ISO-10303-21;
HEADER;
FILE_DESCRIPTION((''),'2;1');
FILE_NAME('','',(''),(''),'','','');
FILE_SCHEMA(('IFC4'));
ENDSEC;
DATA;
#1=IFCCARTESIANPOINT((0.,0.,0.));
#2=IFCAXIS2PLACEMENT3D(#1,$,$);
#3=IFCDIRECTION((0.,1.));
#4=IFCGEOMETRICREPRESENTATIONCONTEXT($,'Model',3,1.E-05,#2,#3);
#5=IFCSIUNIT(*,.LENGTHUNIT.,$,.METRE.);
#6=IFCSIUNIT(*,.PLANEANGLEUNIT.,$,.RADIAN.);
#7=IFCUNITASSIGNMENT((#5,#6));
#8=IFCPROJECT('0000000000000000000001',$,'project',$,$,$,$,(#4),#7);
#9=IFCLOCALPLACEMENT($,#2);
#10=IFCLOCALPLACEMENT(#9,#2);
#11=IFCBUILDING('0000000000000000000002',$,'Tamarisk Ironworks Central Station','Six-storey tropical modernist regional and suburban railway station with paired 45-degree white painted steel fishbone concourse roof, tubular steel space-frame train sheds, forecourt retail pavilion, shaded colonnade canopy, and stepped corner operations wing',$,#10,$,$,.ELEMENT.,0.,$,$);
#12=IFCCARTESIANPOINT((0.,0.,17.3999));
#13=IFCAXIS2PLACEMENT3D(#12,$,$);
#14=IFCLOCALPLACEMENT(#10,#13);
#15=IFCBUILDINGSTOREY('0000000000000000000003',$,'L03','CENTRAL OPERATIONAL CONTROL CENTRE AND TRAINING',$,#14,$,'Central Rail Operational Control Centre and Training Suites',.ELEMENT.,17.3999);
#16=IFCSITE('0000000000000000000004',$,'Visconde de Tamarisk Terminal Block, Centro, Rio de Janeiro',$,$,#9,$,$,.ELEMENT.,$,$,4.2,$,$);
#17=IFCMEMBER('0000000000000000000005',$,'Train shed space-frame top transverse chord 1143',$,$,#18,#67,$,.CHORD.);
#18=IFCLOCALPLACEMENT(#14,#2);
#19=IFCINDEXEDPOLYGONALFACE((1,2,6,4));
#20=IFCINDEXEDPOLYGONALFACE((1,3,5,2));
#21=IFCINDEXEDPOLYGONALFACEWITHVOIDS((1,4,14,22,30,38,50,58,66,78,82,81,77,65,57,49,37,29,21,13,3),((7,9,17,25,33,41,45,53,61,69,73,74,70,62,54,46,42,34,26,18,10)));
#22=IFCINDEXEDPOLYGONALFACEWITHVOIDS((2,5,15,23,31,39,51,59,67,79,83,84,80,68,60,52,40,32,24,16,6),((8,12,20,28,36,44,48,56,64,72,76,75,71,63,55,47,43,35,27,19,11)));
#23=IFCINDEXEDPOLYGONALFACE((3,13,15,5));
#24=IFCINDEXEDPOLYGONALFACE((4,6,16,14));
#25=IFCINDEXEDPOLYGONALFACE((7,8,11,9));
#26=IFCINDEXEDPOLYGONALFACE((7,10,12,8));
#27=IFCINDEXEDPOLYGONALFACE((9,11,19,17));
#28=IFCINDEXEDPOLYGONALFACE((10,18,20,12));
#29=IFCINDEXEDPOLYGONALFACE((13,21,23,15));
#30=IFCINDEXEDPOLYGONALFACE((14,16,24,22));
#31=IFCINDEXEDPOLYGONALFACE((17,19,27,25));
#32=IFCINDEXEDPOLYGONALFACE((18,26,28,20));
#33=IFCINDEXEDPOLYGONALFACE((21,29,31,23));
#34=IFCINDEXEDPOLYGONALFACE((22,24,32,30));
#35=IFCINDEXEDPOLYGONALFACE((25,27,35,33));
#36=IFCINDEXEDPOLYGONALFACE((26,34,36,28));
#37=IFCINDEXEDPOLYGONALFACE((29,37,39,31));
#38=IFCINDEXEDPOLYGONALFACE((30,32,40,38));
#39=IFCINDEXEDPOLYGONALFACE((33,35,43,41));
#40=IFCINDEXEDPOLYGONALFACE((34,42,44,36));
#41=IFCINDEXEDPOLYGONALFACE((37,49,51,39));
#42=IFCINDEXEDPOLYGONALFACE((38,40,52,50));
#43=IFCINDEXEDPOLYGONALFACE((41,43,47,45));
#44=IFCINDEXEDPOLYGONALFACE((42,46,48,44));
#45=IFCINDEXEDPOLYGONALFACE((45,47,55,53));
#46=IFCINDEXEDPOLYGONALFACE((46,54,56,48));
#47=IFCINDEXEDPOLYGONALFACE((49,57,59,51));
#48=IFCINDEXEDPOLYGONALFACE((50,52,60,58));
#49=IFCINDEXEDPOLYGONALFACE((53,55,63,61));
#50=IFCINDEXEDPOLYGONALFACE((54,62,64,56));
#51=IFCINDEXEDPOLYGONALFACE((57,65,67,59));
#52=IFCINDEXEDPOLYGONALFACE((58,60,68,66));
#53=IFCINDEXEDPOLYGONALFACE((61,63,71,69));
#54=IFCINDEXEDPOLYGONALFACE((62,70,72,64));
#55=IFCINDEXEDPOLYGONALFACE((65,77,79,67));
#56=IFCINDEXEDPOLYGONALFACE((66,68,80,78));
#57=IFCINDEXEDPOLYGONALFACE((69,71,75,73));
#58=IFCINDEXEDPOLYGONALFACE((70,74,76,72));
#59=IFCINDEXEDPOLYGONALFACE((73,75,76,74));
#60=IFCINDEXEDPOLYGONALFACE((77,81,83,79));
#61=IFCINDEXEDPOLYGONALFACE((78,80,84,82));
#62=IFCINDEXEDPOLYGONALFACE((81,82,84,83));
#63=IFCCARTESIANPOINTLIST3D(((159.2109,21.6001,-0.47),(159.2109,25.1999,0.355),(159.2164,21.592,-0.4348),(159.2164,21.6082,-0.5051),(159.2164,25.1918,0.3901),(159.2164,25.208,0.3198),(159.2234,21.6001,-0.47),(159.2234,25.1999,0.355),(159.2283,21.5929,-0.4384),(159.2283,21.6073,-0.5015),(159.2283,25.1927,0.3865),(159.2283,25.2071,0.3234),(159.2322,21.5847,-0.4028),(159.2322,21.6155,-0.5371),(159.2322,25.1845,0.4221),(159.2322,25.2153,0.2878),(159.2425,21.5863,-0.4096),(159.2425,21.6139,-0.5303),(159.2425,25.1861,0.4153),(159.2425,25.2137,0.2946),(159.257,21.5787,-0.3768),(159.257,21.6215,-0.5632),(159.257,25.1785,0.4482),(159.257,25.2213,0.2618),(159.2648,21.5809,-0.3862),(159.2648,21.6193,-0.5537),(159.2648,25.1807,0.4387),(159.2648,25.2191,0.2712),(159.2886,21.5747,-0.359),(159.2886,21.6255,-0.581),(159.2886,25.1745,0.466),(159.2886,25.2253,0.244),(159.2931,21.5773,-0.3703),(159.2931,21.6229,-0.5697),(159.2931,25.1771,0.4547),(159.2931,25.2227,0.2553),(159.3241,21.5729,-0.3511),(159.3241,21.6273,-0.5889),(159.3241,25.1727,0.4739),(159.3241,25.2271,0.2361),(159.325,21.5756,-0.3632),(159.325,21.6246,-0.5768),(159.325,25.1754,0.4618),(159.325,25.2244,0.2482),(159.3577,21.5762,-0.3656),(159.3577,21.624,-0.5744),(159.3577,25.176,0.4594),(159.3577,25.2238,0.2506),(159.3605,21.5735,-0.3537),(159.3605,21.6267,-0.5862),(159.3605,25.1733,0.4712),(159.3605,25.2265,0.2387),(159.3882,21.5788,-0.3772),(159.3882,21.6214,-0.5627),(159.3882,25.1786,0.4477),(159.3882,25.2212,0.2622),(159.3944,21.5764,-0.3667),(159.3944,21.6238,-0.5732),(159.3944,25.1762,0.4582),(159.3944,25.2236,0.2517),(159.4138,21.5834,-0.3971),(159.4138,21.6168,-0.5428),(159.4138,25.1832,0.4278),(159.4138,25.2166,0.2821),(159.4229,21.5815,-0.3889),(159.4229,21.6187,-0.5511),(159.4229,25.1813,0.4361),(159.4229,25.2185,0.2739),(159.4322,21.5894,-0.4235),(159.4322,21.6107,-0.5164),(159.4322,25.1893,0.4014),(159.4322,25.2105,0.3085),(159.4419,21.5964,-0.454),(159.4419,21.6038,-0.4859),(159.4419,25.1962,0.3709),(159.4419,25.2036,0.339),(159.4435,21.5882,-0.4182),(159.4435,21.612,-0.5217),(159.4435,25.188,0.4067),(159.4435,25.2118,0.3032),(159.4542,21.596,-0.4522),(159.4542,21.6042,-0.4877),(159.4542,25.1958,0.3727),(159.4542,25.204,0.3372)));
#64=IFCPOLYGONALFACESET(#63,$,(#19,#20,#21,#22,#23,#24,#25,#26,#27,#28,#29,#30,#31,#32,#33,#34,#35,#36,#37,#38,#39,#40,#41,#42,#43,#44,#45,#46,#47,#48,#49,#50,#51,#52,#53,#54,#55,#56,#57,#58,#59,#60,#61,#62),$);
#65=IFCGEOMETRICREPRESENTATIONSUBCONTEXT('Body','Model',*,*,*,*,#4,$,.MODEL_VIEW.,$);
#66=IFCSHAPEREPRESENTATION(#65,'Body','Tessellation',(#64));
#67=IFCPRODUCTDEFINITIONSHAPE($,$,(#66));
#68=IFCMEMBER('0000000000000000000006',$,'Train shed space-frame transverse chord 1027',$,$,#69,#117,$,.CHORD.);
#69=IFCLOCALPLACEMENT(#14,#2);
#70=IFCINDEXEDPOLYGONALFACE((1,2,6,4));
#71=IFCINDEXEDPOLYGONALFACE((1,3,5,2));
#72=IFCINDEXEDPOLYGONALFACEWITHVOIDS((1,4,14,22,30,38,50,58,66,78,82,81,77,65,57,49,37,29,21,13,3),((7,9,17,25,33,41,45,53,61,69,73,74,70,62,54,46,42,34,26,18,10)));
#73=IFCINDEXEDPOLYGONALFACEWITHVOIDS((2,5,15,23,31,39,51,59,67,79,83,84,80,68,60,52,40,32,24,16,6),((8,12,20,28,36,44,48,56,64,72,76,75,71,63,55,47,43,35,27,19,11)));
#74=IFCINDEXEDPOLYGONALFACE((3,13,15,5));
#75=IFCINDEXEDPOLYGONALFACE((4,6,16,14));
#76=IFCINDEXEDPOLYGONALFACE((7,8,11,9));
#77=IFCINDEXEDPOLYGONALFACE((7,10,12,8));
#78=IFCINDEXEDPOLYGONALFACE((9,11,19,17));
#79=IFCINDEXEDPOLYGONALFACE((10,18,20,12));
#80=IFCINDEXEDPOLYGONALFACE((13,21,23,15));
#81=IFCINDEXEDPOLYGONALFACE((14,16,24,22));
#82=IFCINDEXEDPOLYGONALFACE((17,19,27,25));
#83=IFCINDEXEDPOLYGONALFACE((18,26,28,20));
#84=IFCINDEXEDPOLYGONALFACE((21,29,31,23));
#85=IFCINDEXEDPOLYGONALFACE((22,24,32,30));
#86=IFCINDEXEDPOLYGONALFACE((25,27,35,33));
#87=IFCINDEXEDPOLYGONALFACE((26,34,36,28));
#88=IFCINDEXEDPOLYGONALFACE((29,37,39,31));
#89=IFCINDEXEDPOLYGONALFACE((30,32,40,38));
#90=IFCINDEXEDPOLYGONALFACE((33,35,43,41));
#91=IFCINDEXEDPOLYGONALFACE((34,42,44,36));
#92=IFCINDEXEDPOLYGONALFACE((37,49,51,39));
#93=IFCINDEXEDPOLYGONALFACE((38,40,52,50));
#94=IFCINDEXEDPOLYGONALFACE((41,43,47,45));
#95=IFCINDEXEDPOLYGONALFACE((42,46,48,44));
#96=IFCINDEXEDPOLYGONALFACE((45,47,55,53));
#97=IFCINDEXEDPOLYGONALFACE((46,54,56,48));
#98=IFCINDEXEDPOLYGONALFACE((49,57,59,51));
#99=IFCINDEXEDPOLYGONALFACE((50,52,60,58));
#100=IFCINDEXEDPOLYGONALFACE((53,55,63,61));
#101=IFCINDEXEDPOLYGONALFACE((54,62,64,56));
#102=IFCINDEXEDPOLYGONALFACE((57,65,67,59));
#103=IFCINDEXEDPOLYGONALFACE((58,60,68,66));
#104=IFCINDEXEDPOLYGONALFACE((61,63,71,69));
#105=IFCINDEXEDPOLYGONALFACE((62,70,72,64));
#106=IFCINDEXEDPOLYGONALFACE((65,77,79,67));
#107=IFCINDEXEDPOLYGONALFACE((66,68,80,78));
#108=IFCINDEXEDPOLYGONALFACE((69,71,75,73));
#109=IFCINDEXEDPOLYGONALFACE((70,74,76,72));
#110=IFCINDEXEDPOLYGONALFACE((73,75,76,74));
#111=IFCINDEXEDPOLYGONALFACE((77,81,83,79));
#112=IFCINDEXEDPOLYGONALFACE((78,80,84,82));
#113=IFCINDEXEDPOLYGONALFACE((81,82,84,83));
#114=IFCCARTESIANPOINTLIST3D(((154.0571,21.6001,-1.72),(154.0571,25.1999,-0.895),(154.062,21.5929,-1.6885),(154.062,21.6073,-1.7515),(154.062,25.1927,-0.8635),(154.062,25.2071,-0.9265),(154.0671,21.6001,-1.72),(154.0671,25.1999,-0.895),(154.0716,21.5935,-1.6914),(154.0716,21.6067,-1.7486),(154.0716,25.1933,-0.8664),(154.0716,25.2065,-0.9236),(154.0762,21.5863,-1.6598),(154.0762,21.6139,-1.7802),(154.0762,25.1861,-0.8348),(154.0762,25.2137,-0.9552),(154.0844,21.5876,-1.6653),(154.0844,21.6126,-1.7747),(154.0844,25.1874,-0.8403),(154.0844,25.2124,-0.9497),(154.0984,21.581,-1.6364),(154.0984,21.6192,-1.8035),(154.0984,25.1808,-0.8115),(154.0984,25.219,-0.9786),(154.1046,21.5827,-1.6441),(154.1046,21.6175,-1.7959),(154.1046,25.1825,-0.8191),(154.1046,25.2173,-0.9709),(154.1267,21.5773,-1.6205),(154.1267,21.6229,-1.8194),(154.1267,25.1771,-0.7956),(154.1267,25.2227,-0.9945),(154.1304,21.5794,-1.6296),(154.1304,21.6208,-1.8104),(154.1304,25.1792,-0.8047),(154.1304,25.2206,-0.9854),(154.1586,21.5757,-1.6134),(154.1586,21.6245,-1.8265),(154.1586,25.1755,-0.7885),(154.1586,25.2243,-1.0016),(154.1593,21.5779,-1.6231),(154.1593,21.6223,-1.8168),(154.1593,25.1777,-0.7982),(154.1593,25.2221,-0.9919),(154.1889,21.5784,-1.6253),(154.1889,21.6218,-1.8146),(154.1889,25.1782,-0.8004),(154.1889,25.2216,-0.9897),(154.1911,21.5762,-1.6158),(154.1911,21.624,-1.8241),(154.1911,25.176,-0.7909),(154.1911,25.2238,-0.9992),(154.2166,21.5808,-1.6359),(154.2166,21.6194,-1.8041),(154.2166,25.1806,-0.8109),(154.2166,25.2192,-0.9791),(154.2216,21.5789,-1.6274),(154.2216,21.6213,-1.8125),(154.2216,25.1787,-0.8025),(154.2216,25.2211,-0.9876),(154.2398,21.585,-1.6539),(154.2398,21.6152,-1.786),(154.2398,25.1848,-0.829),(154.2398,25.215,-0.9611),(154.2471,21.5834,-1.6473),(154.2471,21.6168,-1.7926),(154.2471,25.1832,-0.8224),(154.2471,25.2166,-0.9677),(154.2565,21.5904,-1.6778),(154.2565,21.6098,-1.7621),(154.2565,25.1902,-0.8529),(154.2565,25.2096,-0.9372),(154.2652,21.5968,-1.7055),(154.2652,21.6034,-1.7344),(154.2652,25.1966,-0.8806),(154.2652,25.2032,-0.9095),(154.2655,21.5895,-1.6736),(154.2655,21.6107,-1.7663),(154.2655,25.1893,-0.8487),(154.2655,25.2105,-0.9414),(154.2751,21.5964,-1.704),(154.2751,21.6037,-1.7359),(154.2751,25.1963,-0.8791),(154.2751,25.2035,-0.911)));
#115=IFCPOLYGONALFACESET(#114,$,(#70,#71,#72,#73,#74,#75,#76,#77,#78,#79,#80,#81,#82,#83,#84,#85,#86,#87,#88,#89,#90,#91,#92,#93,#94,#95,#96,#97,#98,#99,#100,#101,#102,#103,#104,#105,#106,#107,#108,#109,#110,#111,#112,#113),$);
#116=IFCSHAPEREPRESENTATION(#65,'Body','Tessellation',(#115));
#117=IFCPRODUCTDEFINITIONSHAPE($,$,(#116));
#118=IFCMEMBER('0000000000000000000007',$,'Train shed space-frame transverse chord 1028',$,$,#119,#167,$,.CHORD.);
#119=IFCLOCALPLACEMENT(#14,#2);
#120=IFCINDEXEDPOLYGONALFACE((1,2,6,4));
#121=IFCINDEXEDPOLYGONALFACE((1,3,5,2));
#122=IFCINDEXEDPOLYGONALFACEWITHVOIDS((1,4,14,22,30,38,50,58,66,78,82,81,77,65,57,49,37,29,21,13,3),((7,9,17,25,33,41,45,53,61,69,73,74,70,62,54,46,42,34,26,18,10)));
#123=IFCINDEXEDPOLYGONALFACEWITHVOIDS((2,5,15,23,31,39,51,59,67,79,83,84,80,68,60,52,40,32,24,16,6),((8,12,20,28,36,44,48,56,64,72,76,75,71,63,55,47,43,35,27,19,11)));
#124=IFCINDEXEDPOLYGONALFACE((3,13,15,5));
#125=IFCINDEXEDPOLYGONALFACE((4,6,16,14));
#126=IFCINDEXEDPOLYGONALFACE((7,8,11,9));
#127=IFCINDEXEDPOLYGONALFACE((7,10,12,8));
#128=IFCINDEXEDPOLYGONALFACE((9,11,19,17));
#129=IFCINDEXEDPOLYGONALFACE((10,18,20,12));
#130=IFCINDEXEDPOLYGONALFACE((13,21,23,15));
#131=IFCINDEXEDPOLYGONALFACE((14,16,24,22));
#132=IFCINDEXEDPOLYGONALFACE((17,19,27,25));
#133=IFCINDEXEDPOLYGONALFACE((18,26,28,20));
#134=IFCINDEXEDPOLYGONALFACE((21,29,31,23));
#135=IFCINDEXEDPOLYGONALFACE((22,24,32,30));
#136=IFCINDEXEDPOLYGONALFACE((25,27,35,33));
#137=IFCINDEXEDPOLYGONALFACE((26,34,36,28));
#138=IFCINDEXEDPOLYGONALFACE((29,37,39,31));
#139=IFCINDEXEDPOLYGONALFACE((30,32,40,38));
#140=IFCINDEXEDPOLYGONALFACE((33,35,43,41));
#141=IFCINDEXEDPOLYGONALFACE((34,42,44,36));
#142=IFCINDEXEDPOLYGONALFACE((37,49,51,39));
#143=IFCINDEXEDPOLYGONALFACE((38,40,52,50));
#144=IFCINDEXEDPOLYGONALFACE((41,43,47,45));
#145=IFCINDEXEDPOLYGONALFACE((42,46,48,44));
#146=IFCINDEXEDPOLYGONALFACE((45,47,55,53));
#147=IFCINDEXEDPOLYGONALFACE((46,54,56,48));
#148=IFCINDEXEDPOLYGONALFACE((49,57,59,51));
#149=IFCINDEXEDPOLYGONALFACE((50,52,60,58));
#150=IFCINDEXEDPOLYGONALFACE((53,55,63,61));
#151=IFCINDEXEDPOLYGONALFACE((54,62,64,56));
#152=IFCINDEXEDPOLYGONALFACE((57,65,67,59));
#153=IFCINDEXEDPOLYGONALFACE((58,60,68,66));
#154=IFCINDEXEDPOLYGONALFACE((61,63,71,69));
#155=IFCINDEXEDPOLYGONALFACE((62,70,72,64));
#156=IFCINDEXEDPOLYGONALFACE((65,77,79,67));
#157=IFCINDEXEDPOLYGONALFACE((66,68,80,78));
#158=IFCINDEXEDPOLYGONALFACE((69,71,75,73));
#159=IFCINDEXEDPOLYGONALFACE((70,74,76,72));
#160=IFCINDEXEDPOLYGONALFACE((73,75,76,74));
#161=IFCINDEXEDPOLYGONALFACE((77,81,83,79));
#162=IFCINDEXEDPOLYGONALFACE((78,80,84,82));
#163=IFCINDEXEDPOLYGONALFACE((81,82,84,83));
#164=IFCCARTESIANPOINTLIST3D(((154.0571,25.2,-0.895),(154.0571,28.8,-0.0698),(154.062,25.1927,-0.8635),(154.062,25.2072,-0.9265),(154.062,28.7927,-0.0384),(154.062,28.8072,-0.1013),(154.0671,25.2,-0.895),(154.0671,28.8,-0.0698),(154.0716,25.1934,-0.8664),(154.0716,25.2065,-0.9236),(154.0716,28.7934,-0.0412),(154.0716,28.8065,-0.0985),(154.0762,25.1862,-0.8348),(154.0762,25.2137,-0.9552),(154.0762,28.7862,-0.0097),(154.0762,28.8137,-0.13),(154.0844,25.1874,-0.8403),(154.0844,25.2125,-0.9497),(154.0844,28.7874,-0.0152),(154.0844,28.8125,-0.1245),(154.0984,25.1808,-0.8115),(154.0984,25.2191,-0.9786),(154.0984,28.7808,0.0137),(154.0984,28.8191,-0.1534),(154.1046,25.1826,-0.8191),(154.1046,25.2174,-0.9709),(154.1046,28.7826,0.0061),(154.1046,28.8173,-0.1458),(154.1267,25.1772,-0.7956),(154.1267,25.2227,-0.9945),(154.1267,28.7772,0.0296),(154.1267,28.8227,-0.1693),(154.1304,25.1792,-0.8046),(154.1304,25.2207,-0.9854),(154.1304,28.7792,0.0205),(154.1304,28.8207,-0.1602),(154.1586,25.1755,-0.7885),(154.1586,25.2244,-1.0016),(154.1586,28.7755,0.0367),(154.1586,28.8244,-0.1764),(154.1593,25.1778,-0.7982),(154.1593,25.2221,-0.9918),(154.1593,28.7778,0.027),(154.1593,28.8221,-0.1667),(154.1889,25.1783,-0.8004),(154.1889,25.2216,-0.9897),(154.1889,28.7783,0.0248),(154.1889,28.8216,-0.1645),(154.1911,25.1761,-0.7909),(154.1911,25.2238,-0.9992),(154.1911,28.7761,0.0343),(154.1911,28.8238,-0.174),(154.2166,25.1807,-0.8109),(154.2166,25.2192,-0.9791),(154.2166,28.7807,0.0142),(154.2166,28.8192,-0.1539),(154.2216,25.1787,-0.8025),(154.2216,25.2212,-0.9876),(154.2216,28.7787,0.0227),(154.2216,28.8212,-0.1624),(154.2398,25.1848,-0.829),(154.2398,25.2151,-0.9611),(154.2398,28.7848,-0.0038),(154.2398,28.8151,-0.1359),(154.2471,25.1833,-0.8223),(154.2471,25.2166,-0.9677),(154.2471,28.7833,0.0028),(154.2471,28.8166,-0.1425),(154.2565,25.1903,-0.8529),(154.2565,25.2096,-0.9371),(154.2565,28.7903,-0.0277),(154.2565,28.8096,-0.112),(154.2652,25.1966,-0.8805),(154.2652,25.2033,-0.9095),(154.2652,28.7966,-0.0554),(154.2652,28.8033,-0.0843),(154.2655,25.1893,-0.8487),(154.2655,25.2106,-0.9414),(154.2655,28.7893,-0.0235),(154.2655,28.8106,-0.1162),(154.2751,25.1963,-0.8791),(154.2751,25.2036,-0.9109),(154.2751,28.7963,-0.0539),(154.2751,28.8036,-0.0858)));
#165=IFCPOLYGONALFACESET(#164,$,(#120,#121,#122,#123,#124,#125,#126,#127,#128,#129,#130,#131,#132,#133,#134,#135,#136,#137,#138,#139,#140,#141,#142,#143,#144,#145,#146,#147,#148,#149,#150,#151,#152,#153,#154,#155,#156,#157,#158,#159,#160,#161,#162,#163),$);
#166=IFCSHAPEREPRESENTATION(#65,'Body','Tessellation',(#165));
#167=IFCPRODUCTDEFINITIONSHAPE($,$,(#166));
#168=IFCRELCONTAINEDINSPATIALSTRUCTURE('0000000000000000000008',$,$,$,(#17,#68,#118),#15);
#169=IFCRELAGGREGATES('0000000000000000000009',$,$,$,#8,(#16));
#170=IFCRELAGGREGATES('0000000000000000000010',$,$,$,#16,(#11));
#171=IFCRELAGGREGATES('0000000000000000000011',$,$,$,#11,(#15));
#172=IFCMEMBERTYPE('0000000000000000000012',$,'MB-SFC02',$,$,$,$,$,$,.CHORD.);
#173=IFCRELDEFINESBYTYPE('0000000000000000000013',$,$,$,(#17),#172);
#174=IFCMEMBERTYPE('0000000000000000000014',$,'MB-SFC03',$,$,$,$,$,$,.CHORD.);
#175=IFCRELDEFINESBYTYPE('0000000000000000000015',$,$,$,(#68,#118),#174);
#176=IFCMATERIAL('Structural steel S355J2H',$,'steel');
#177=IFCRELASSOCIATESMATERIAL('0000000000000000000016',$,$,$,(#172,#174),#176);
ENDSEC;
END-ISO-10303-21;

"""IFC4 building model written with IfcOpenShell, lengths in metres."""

from ifc_helpers import new_model, si_unit, direction, frame, origin, origin_2d, place, context, subcontext, project, spatial, hollow_circle, extrude, material, material_profile, profile_set, type_object, element, save


model = new_model("IFC4")

# Units and contexts
model_context = context("Model", 3, precision=1e-05, world=origin(), true_north=direction((0.0, 1.0)))
body_context = subcontext(model_context, "Body", "Model", "MODEL_VIEW")
ifc_project = project(units=[si_unit("LENGTHUNIT", "METRE"), si_unit("PLANEANGLEUNIT", "RADIAN")], contexts=[model_context])

# Site, building, storey
site_placement = place(None, origin())
site = spatial("IfcSite", under=ifc_project, at=site_placement, Name="Visconde de Tamarisk Terminal Block, Centro, Rio de Janeiro", CompositionType="ELEMENT", RefElevation=4.2)
building_placement = place(site_placement, origin())
building = spatial("IfcBuilding", under=site, at=building_placement, Name="Tamarisk Ironworks Central Station", Description="Six-storey tropical modernist regional and suburban railway station with paired 45-degree white painted steel fishbone concourse roof, tubular steel space-frame train sheds, forecourt retail pavilion, shaded colonnade canopy, and stepped corner operations wing", CompositionType="ELEMENT", ElevationOfRefHeight=0.0)
storey_placement = place(building_placement, frame((0.0, 0.0, 17.3999)))
storey = spatial("IfcBuildingStorey", under=building, at=storey_placement, Name="L03", Description="CENTRAL OPERATIONAL CONTROL CENTRE AND TRAINING", LongName="Central Rail Operational Control Centre and Training Suites", CompositionType="ELEMENT", Elevation=17.3999)

# Members
ifc_material_1 = material(Name="Structural steel S355J2H", Category="steel")
ifc_material_profile_1 = material_profile(ifc_material_1, hollow_circle(Radius=0.1223, WallThickness=0.0125, at=origin_2d()), Name="CHS 244.5x12.5")
ifc_profile_set_1 = profile_set([ifc_material_profile_1], Name="Structural steel S355J2H")
member_type_1 = type_object("IfcMemberType", Name="MB-SFC02", PredefinedType="CHORD", material=ifc_profile_set_1)
member_1_placement = place(storey_placement, frame((159.3333, 21.6001, -0.47), z_axis=(0.0, 0.974733, 0.223372), x_axis=(-1.0, 0.0, 0.0)))
element("IfcMember", 1, at=member_1_placement, inside=storey, type_object=member_type_1, Name="Train shed space-frame top transverse chord 1143", PredefinedType="CHORD", context=body_context, shape_type="SweptSolid", body=[
    extrude(hollow_circle(Radius=0.1223, WallThickness=0.0125, at=origin_2d()), origin(), (0.0, 0.0, 1.0), 3.6931),
])
ifc_material_profile_2 = material_profile(ifc_material_1, hollow_circle(Radius=0.1096, WallThickness=0.01, at=origin_2d()), Name="CHS 219.1x10")
ifc_profile_set_2 = profile_set([ifc_material_profile_2], Name="Structural steel S355J2H")
member_type_2 = type_object("IfcMemberType", Name="MB-SFC03", PredefinedType="CHORD", material=ifc_profile_set_2)
member_2_placement = place(storey_placement, frame((154.1667, 21.6001, -1.72), z_axis=(0.0, 0.974733, 0.223372), x_axis=(-1.0, 0.0, 0.0)))
element("IfcMember", 2, at=member_2_placement, inside=storey, type_object=member_type_2, Name="Train shed space-frame transverse chord 1027", PredefinedType="CHORD", context=body_context, shape_type="SweptSolid", body=[
    extrude(hollow_circle(Radius=0.1096, WallThickness=0.01, at=origin_2d()), origin(), (0.0, 0.0, 1.0), 3.6931),
])
member_3_placement = place(storey_placement, frame((154.1667, 25.2, -0.895), z_axis=(0.0, 0.974722, 0.223421), x_axis=(-1.0, 0.0, 0.0)))
element("IfcMember", 3, at=member_3_placement, inside=storey, type_object=member_type_2, Name="Train shed space-frame transverse chord 1028", PredefinedType="CHORD", context=body_context, shape_type="SweptSolid", body=[
    extrude(hollow_circle(Radius=0.1096, WallThickness=0.01, at=origin_2d()), origin(), (0.0, 0.0, 1.0), 3.6934),
])

save(model, "model.ifc")
